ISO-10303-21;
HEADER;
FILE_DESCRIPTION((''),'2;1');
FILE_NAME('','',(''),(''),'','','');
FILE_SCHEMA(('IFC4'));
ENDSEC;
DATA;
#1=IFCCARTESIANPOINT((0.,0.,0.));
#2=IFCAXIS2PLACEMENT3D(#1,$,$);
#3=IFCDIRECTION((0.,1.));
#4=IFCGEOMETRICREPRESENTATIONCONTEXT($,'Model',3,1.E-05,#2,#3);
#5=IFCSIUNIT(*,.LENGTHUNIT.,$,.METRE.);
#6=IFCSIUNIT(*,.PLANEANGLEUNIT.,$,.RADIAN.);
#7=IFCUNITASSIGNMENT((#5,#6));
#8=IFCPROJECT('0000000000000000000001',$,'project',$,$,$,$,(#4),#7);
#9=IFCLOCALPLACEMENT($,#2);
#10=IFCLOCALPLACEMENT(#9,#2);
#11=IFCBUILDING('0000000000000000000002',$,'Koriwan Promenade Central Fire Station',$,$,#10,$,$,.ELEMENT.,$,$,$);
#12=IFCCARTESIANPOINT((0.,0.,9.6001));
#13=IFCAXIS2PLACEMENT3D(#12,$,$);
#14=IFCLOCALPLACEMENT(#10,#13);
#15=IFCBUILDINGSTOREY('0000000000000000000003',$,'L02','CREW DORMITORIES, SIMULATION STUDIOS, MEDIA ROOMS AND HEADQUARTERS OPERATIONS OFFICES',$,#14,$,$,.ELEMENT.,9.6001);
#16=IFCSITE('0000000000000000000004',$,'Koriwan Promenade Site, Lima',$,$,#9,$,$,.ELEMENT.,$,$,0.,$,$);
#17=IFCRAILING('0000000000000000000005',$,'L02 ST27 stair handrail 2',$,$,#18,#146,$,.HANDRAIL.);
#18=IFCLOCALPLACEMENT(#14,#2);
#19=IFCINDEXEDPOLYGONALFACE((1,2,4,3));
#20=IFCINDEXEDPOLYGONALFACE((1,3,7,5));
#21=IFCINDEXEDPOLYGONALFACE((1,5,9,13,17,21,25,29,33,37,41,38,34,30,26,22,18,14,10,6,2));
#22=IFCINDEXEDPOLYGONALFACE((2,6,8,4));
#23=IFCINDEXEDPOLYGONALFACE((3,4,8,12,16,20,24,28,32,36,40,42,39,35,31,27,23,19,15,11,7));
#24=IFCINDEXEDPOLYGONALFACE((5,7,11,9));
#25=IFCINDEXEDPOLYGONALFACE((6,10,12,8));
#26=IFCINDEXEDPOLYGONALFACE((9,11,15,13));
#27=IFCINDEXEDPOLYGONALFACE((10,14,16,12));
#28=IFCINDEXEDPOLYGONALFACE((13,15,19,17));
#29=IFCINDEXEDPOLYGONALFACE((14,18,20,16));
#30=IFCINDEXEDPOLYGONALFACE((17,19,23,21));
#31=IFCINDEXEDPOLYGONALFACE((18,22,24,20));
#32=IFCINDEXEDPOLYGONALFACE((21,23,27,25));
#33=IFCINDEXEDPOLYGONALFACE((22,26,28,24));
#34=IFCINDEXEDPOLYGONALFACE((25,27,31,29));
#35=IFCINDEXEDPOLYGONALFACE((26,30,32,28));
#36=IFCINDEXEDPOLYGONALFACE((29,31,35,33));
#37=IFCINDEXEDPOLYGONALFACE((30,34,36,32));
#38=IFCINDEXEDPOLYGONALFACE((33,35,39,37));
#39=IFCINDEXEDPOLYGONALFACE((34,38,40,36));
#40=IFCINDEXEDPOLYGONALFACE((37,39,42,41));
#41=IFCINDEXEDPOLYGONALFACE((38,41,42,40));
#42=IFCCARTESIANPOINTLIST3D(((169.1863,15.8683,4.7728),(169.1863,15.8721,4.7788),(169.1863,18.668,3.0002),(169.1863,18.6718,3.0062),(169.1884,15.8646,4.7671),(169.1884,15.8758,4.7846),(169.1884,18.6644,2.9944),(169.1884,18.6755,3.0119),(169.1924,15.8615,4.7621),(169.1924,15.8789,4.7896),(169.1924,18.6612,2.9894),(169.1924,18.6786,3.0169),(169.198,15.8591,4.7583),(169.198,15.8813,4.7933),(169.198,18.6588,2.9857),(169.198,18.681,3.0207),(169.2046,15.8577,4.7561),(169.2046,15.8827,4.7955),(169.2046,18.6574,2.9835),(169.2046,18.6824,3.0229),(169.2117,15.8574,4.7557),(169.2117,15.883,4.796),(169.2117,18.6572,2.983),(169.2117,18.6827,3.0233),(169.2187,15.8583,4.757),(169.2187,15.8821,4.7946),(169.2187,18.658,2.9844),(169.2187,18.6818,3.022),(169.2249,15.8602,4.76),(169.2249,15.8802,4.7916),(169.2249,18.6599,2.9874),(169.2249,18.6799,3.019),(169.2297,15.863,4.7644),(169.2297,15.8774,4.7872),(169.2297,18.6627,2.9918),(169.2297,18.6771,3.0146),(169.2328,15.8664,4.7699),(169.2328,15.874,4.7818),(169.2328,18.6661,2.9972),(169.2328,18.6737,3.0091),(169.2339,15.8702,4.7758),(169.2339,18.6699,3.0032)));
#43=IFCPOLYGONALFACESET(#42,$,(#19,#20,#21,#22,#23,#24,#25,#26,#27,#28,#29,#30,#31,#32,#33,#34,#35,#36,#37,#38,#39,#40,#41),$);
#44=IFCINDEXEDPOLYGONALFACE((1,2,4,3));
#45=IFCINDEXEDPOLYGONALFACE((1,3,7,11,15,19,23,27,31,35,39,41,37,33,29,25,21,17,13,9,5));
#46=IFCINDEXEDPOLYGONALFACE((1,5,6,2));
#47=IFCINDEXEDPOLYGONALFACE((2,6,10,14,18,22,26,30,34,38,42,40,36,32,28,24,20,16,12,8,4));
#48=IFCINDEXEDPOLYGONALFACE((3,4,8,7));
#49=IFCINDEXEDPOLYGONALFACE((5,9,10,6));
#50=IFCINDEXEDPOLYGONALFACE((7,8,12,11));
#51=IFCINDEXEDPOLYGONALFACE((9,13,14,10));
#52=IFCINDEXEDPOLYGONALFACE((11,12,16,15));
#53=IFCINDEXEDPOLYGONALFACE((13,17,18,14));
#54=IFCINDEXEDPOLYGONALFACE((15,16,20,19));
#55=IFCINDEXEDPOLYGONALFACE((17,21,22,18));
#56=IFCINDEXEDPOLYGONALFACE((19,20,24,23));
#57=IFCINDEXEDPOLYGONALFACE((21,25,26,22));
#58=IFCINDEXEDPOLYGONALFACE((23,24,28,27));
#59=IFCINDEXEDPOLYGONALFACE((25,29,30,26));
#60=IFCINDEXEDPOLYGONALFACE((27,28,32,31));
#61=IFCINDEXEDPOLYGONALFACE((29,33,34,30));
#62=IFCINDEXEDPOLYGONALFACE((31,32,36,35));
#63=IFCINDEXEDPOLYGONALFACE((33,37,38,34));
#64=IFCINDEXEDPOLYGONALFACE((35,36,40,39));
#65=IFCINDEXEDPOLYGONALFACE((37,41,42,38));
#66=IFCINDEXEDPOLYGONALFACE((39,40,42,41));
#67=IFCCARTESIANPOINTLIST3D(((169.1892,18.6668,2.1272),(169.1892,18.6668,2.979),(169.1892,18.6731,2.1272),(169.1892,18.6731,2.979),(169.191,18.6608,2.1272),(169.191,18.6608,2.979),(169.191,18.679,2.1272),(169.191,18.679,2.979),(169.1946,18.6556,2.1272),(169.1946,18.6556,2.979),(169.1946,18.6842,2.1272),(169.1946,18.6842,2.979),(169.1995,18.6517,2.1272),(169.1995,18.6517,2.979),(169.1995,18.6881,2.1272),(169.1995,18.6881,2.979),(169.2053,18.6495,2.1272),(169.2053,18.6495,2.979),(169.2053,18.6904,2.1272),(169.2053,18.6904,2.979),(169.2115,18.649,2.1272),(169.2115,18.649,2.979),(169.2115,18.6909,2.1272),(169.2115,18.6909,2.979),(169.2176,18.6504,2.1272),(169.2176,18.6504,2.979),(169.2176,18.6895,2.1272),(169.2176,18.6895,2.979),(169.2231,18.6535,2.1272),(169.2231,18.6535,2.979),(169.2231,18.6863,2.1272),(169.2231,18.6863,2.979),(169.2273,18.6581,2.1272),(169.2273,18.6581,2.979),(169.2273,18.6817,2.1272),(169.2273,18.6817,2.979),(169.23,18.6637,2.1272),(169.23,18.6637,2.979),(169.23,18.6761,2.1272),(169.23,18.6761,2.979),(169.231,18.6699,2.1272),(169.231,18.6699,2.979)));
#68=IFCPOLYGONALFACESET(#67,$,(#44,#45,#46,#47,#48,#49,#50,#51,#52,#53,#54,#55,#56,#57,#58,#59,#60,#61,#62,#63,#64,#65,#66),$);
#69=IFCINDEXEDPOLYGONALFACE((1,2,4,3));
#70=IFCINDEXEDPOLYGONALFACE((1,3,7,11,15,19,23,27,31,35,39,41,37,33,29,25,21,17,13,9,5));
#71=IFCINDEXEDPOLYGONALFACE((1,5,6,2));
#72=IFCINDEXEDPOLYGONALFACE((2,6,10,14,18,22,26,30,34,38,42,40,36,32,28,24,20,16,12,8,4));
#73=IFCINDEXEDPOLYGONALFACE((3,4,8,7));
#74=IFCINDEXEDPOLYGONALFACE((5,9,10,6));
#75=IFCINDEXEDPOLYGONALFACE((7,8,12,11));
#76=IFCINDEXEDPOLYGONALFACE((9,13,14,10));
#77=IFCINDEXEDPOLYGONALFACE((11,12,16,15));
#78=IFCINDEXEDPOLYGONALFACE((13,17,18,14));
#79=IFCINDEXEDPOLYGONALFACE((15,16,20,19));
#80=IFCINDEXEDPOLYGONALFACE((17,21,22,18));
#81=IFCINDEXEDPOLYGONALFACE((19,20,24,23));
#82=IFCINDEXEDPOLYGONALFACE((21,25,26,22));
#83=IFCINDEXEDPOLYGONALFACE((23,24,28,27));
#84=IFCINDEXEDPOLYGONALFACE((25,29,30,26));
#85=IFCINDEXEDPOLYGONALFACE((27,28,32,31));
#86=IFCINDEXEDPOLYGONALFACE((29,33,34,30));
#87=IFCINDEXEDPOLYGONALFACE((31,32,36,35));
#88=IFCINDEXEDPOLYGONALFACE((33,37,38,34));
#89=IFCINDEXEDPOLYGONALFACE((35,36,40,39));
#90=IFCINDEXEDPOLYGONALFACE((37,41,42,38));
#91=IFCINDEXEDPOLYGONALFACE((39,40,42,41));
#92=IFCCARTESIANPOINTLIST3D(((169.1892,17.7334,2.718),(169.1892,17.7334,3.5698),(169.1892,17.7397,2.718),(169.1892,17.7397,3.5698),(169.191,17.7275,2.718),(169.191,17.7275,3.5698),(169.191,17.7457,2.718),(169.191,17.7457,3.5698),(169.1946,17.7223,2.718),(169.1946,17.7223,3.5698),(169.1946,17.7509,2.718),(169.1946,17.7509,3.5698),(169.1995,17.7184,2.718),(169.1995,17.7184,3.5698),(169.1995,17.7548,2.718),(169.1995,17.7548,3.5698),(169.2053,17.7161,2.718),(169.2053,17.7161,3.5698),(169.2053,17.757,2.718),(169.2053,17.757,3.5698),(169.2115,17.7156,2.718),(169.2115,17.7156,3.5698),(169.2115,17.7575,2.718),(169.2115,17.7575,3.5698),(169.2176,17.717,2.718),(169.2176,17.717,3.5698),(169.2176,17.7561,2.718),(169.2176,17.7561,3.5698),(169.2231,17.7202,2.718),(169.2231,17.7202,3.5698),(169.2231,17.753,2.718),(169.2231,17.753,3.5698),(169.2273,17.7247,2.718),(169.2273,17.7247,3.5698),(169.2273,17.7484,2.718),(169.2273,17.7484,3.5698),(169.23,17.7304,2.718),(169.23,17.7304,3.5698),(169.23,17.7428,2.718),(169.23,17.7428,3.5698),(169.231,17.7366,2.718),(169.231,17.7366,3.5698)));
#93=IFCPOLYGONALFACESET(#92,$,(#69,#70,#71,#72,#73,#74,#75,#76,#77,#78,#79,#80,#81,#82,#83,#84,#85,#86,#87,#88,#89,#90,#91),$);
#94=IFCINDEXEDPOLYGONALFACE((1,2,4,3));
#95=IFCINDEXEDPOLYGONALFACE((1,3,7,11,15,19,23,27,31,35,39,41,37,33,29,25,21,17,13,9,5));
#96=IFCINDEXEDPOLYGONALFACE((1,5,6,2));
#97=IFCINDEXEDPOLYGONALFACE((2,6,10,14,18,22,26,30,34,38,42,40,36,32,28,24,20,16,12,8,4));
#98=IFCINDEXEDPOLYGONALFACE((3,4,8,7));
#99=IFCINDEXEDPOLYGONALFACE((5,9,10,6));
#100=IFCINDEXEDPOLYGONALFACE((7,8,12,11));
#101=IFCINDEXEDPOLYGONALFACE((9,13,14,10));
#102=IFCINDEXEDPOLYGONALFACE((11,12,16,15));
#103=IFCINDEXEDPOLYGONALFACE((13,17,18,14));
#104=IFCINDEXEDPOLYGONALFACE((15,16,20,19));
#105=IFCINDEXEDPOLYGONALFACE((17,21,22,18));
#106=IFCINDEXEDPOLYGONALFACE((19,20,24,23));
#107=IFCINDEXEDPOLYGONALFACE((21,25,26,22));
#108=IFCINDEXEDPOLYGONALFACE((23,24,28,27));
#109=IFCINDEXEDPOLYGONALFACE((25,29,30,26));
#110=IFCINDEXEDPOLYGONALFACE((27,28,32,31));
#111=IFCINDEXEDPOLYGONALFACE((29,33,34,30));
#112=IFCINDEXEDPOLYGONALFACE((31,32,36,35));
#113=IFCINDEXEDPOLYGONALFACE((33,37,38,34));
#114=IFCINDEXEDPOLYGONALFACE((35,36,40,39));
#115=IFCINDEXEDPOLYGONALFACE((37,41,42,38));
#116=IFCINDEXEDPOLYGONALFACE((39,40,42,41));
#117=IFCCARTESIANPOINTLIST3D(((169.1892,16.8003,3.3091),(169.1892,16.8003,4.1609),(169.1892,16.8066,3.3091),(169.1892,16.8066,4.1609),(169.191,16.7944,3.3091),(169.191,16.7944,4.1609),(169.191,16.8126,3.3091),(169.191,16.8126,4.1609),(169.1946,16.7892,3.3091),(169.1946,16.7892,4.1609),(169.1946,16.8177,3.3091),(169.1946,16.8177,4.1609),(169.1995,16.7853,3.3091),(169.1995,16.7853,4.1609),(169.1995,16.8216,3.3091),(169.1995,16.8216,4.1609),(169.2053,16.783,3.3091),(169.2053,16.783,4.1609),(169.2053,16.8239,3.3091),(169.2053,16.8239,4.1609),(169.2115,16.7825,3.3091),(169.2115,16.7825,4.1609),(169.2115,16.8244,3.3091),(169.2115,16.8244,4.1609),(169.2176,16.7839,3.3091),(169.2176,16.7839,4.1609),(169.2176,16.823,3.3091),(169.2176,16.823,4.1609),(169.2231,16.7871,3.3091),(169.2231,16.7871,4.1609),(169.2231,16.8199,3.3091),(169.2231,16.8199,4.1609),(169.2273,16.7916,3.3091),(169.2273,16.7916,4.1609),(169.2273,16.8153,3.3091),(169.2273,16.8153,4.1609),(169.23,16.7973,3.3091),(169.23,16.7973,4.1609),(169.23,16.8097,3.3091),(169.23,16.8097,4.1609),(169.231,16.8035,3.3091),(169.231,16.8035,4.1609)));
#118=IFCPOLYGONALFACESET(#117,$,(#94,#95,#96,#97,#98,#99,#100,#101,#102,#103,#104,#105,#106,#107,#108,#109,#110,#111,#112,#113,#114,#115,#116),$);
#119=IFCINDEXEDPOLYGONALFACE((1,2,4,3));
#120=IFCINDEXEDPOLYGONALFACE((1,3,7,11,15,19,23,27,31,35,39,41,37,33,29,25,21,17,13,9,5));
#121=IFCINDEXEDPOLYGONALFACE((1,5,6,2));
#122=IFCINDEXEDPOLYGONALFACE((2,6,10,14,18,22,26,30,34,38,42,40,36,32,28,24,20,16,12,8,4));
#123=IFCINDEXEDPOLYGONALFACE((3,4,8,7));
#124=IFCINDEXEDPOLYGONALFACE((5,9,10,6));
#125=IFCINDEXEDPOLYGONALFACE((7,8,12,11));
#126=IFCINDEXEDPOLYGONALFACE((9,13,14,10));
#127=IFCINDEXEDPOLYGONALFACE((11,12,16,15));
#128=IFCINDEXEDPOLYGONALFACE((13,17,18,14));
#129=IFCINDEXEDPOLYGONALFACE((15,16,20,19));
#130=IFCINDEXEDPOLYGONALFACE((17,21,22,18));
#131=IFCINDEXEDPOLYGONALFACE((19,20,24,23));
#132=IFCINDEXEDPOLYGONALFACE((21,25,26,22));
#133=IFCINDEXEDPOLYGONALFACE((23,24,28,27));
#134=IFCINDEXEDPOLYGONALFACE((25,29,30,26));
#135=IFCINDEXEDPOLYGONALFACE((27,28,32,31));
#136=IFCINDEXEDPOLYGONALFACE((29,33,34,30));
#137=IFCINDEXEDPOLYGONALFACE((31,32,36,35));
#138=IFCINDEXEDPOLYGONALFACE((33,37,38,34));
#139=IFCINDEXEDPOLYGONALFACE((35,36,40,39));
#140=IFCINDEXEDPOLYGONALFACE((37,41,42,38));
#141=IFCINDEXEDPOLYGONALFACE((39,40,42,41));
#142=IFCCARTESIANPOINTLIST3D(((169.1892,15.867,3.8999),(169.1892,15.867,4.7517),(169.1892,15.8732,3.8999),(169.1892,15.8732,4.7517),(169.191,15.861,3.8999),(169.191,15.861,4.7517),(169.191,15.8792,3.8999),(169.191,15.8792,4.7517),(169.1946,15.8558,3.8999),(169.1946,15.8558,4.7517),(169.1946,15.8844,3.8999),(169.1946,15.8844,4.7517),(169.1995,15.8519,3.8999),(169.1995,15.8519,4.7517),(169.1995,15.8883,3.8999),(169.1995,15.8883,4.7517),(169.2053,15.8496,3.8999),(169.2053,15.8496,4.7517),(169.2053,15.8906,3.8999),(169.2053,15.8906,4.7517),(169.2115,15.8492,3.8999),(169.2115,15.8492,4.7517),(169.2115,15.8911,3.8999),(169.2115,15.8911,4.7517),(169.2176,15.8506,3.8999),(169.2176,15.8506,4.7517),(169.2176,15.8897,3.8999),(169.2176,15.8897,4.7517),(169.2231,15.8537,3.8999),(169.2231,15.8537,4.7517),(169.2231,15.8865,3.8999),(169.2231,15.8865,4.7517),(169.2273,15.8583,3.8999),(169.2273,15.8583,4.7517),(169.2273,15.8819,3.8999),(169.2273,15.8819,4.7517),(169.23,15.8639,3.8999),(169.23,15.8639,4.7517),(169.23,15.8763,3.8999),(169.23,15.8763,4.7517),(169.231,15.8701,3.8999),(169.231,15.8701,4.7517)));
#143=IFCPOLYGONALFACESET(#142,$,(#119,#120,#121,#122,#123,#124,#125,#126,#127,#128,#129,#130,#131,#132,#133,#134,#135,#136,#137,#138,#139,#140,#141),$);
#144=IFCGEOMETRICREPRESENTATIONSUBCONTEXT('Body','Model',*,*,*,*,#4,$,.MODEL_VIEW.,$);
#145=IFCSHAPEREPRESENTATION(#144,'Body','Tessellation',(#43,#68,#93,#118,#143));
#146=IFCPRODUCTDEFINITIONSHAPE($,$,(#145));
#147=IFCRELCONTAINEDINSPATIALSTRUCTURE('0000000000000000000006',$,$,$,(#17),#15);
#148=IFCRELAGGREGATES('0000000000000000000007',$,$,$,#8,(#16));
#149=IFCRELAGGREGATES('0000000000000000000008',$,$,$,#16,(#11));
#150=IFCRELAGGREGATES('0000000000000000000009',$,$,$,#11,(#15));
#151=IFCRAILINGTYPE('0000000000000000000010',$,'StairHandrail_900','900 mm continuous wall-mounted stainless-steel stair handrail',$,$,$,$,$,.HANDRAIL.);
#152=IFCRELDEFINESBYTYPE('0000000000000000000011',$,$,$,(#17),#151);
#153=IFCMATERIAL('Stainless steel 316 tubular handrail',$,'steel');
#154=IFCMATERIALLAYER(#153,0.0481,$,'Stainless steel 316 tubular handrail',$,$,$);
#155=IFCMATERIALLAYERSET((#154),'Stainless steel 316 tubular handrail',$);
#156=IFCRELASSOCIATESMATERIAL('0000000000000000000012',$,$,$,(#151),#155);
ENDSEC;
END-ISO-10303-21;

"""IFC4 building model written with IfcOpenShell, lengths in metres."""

from ifc_helpers import new_model, si_unit, direction, frame, origin, origin_2d, place, context, subcontext, project, spatial, circle, extrude, material, layer, layer_set, type_object, element, save


model = new_model("IFC4")

# Units and contexts
model_context = context("Model", 3, precision=1e-05, world=origin(), true_north=direction((0.0, 1.0)))
body_context = subcontext(model_context, "Body", "Model", "MODEL_VIEW")
ifc_project = project(units=[si_unit("LENGTHUNIT", "METRE"), si_unit("PLANEANGLEUNIT", "RADIAN")], contexts=[model_context])

# Site, building, storey
site_placement = place(None, origin())
site = spatial("IfcSite", under=ifc_project, at=site_placement, Name="Koriwan Promenade Site, Lima", CompositionType="ELEMENT", RefElevation=0.0)
building_placement = place(site_placement, origin())
building = spatial("IfcBuilding", under=site, at=building_placement, Name="Koriwan Promenade Central Fire Station", CompositionType="ELEMENT")
storey_placement = place(building_placement, frame((0.0, 0.0, 9.6001)))
storey = spatial("IfcBuildingStorey", under=building, at=storey_placement, Name="L02", Description="CREW DORMITORIES, SIMULATION STUDIOS, MEDIA ROOMS AND HEADQUARTERS OPERATIONS OFFICES", CompositionType="ELEMENT", Elevation=9.6001)

# Railing
ifc_material_1 = material(Name="Stainless steel 316 tubular handrail", Category="steel")
ifc_layer_1 = layer(ifc_material_1, 0.0481, Name="Stainless steel 316 tubular handrail")
ifc_layer_set_1 = layer_set([ifc_layer_1], Name="Stainless steel 316 tubular handrail")
railing_type_1 = type_object("IfcRailingType", Name="StairHandrail_900", Description="900 mm continuous wall-mounted stainless-steel stair handrail", PredefinedType="HANDRAIL", material=ifc_layer_set_1)
railing_1_placement = place(storey_placement, frame((169.21, 18.6699, 2.1272)))
element("IfcRailing", 1, at=railing_1_placement, inside=storey, type_object=railing_type_1, Name="L02 ST27 stair handrail 2", PredefinedType="HANDRAIL", context=body_context, shape_type="SweptSolid", body=[
    extrude(circle(Radius=0.0239, at=origin_2d()), frame((0.0, 0.0, 0.876), z_axis=(0.0, -0.844888, 0.534943), x_axis=(1.0, 0.0, 0.0)), (0.0, 0.0, 1.0), 3.3137),
    extrude(circle(Radius=0.021, at=origin_2d()), origin(), (0.0, 0.0, 1.0), 0.8518),
    extrude(circle(Radius=0.021, at=origin_2d()), frame((0.0, -0.9333, 0.5908)), (0.0, 0.0, 1.0), 0.8518),
    extrude(circle(Radius=0.021, at=origin_2d()), frame((0.0, -1.8665, 1.1819)), (0.0, 0.0, 1.0), 0.8518),
    extrude(circle(Radius=0.021, at=origin_2d()), frame((0.0, -2.7998, 1.7727)), (0.0, 0.0, 1.0), 0.8518),
])

save(model, "model.ifc")
